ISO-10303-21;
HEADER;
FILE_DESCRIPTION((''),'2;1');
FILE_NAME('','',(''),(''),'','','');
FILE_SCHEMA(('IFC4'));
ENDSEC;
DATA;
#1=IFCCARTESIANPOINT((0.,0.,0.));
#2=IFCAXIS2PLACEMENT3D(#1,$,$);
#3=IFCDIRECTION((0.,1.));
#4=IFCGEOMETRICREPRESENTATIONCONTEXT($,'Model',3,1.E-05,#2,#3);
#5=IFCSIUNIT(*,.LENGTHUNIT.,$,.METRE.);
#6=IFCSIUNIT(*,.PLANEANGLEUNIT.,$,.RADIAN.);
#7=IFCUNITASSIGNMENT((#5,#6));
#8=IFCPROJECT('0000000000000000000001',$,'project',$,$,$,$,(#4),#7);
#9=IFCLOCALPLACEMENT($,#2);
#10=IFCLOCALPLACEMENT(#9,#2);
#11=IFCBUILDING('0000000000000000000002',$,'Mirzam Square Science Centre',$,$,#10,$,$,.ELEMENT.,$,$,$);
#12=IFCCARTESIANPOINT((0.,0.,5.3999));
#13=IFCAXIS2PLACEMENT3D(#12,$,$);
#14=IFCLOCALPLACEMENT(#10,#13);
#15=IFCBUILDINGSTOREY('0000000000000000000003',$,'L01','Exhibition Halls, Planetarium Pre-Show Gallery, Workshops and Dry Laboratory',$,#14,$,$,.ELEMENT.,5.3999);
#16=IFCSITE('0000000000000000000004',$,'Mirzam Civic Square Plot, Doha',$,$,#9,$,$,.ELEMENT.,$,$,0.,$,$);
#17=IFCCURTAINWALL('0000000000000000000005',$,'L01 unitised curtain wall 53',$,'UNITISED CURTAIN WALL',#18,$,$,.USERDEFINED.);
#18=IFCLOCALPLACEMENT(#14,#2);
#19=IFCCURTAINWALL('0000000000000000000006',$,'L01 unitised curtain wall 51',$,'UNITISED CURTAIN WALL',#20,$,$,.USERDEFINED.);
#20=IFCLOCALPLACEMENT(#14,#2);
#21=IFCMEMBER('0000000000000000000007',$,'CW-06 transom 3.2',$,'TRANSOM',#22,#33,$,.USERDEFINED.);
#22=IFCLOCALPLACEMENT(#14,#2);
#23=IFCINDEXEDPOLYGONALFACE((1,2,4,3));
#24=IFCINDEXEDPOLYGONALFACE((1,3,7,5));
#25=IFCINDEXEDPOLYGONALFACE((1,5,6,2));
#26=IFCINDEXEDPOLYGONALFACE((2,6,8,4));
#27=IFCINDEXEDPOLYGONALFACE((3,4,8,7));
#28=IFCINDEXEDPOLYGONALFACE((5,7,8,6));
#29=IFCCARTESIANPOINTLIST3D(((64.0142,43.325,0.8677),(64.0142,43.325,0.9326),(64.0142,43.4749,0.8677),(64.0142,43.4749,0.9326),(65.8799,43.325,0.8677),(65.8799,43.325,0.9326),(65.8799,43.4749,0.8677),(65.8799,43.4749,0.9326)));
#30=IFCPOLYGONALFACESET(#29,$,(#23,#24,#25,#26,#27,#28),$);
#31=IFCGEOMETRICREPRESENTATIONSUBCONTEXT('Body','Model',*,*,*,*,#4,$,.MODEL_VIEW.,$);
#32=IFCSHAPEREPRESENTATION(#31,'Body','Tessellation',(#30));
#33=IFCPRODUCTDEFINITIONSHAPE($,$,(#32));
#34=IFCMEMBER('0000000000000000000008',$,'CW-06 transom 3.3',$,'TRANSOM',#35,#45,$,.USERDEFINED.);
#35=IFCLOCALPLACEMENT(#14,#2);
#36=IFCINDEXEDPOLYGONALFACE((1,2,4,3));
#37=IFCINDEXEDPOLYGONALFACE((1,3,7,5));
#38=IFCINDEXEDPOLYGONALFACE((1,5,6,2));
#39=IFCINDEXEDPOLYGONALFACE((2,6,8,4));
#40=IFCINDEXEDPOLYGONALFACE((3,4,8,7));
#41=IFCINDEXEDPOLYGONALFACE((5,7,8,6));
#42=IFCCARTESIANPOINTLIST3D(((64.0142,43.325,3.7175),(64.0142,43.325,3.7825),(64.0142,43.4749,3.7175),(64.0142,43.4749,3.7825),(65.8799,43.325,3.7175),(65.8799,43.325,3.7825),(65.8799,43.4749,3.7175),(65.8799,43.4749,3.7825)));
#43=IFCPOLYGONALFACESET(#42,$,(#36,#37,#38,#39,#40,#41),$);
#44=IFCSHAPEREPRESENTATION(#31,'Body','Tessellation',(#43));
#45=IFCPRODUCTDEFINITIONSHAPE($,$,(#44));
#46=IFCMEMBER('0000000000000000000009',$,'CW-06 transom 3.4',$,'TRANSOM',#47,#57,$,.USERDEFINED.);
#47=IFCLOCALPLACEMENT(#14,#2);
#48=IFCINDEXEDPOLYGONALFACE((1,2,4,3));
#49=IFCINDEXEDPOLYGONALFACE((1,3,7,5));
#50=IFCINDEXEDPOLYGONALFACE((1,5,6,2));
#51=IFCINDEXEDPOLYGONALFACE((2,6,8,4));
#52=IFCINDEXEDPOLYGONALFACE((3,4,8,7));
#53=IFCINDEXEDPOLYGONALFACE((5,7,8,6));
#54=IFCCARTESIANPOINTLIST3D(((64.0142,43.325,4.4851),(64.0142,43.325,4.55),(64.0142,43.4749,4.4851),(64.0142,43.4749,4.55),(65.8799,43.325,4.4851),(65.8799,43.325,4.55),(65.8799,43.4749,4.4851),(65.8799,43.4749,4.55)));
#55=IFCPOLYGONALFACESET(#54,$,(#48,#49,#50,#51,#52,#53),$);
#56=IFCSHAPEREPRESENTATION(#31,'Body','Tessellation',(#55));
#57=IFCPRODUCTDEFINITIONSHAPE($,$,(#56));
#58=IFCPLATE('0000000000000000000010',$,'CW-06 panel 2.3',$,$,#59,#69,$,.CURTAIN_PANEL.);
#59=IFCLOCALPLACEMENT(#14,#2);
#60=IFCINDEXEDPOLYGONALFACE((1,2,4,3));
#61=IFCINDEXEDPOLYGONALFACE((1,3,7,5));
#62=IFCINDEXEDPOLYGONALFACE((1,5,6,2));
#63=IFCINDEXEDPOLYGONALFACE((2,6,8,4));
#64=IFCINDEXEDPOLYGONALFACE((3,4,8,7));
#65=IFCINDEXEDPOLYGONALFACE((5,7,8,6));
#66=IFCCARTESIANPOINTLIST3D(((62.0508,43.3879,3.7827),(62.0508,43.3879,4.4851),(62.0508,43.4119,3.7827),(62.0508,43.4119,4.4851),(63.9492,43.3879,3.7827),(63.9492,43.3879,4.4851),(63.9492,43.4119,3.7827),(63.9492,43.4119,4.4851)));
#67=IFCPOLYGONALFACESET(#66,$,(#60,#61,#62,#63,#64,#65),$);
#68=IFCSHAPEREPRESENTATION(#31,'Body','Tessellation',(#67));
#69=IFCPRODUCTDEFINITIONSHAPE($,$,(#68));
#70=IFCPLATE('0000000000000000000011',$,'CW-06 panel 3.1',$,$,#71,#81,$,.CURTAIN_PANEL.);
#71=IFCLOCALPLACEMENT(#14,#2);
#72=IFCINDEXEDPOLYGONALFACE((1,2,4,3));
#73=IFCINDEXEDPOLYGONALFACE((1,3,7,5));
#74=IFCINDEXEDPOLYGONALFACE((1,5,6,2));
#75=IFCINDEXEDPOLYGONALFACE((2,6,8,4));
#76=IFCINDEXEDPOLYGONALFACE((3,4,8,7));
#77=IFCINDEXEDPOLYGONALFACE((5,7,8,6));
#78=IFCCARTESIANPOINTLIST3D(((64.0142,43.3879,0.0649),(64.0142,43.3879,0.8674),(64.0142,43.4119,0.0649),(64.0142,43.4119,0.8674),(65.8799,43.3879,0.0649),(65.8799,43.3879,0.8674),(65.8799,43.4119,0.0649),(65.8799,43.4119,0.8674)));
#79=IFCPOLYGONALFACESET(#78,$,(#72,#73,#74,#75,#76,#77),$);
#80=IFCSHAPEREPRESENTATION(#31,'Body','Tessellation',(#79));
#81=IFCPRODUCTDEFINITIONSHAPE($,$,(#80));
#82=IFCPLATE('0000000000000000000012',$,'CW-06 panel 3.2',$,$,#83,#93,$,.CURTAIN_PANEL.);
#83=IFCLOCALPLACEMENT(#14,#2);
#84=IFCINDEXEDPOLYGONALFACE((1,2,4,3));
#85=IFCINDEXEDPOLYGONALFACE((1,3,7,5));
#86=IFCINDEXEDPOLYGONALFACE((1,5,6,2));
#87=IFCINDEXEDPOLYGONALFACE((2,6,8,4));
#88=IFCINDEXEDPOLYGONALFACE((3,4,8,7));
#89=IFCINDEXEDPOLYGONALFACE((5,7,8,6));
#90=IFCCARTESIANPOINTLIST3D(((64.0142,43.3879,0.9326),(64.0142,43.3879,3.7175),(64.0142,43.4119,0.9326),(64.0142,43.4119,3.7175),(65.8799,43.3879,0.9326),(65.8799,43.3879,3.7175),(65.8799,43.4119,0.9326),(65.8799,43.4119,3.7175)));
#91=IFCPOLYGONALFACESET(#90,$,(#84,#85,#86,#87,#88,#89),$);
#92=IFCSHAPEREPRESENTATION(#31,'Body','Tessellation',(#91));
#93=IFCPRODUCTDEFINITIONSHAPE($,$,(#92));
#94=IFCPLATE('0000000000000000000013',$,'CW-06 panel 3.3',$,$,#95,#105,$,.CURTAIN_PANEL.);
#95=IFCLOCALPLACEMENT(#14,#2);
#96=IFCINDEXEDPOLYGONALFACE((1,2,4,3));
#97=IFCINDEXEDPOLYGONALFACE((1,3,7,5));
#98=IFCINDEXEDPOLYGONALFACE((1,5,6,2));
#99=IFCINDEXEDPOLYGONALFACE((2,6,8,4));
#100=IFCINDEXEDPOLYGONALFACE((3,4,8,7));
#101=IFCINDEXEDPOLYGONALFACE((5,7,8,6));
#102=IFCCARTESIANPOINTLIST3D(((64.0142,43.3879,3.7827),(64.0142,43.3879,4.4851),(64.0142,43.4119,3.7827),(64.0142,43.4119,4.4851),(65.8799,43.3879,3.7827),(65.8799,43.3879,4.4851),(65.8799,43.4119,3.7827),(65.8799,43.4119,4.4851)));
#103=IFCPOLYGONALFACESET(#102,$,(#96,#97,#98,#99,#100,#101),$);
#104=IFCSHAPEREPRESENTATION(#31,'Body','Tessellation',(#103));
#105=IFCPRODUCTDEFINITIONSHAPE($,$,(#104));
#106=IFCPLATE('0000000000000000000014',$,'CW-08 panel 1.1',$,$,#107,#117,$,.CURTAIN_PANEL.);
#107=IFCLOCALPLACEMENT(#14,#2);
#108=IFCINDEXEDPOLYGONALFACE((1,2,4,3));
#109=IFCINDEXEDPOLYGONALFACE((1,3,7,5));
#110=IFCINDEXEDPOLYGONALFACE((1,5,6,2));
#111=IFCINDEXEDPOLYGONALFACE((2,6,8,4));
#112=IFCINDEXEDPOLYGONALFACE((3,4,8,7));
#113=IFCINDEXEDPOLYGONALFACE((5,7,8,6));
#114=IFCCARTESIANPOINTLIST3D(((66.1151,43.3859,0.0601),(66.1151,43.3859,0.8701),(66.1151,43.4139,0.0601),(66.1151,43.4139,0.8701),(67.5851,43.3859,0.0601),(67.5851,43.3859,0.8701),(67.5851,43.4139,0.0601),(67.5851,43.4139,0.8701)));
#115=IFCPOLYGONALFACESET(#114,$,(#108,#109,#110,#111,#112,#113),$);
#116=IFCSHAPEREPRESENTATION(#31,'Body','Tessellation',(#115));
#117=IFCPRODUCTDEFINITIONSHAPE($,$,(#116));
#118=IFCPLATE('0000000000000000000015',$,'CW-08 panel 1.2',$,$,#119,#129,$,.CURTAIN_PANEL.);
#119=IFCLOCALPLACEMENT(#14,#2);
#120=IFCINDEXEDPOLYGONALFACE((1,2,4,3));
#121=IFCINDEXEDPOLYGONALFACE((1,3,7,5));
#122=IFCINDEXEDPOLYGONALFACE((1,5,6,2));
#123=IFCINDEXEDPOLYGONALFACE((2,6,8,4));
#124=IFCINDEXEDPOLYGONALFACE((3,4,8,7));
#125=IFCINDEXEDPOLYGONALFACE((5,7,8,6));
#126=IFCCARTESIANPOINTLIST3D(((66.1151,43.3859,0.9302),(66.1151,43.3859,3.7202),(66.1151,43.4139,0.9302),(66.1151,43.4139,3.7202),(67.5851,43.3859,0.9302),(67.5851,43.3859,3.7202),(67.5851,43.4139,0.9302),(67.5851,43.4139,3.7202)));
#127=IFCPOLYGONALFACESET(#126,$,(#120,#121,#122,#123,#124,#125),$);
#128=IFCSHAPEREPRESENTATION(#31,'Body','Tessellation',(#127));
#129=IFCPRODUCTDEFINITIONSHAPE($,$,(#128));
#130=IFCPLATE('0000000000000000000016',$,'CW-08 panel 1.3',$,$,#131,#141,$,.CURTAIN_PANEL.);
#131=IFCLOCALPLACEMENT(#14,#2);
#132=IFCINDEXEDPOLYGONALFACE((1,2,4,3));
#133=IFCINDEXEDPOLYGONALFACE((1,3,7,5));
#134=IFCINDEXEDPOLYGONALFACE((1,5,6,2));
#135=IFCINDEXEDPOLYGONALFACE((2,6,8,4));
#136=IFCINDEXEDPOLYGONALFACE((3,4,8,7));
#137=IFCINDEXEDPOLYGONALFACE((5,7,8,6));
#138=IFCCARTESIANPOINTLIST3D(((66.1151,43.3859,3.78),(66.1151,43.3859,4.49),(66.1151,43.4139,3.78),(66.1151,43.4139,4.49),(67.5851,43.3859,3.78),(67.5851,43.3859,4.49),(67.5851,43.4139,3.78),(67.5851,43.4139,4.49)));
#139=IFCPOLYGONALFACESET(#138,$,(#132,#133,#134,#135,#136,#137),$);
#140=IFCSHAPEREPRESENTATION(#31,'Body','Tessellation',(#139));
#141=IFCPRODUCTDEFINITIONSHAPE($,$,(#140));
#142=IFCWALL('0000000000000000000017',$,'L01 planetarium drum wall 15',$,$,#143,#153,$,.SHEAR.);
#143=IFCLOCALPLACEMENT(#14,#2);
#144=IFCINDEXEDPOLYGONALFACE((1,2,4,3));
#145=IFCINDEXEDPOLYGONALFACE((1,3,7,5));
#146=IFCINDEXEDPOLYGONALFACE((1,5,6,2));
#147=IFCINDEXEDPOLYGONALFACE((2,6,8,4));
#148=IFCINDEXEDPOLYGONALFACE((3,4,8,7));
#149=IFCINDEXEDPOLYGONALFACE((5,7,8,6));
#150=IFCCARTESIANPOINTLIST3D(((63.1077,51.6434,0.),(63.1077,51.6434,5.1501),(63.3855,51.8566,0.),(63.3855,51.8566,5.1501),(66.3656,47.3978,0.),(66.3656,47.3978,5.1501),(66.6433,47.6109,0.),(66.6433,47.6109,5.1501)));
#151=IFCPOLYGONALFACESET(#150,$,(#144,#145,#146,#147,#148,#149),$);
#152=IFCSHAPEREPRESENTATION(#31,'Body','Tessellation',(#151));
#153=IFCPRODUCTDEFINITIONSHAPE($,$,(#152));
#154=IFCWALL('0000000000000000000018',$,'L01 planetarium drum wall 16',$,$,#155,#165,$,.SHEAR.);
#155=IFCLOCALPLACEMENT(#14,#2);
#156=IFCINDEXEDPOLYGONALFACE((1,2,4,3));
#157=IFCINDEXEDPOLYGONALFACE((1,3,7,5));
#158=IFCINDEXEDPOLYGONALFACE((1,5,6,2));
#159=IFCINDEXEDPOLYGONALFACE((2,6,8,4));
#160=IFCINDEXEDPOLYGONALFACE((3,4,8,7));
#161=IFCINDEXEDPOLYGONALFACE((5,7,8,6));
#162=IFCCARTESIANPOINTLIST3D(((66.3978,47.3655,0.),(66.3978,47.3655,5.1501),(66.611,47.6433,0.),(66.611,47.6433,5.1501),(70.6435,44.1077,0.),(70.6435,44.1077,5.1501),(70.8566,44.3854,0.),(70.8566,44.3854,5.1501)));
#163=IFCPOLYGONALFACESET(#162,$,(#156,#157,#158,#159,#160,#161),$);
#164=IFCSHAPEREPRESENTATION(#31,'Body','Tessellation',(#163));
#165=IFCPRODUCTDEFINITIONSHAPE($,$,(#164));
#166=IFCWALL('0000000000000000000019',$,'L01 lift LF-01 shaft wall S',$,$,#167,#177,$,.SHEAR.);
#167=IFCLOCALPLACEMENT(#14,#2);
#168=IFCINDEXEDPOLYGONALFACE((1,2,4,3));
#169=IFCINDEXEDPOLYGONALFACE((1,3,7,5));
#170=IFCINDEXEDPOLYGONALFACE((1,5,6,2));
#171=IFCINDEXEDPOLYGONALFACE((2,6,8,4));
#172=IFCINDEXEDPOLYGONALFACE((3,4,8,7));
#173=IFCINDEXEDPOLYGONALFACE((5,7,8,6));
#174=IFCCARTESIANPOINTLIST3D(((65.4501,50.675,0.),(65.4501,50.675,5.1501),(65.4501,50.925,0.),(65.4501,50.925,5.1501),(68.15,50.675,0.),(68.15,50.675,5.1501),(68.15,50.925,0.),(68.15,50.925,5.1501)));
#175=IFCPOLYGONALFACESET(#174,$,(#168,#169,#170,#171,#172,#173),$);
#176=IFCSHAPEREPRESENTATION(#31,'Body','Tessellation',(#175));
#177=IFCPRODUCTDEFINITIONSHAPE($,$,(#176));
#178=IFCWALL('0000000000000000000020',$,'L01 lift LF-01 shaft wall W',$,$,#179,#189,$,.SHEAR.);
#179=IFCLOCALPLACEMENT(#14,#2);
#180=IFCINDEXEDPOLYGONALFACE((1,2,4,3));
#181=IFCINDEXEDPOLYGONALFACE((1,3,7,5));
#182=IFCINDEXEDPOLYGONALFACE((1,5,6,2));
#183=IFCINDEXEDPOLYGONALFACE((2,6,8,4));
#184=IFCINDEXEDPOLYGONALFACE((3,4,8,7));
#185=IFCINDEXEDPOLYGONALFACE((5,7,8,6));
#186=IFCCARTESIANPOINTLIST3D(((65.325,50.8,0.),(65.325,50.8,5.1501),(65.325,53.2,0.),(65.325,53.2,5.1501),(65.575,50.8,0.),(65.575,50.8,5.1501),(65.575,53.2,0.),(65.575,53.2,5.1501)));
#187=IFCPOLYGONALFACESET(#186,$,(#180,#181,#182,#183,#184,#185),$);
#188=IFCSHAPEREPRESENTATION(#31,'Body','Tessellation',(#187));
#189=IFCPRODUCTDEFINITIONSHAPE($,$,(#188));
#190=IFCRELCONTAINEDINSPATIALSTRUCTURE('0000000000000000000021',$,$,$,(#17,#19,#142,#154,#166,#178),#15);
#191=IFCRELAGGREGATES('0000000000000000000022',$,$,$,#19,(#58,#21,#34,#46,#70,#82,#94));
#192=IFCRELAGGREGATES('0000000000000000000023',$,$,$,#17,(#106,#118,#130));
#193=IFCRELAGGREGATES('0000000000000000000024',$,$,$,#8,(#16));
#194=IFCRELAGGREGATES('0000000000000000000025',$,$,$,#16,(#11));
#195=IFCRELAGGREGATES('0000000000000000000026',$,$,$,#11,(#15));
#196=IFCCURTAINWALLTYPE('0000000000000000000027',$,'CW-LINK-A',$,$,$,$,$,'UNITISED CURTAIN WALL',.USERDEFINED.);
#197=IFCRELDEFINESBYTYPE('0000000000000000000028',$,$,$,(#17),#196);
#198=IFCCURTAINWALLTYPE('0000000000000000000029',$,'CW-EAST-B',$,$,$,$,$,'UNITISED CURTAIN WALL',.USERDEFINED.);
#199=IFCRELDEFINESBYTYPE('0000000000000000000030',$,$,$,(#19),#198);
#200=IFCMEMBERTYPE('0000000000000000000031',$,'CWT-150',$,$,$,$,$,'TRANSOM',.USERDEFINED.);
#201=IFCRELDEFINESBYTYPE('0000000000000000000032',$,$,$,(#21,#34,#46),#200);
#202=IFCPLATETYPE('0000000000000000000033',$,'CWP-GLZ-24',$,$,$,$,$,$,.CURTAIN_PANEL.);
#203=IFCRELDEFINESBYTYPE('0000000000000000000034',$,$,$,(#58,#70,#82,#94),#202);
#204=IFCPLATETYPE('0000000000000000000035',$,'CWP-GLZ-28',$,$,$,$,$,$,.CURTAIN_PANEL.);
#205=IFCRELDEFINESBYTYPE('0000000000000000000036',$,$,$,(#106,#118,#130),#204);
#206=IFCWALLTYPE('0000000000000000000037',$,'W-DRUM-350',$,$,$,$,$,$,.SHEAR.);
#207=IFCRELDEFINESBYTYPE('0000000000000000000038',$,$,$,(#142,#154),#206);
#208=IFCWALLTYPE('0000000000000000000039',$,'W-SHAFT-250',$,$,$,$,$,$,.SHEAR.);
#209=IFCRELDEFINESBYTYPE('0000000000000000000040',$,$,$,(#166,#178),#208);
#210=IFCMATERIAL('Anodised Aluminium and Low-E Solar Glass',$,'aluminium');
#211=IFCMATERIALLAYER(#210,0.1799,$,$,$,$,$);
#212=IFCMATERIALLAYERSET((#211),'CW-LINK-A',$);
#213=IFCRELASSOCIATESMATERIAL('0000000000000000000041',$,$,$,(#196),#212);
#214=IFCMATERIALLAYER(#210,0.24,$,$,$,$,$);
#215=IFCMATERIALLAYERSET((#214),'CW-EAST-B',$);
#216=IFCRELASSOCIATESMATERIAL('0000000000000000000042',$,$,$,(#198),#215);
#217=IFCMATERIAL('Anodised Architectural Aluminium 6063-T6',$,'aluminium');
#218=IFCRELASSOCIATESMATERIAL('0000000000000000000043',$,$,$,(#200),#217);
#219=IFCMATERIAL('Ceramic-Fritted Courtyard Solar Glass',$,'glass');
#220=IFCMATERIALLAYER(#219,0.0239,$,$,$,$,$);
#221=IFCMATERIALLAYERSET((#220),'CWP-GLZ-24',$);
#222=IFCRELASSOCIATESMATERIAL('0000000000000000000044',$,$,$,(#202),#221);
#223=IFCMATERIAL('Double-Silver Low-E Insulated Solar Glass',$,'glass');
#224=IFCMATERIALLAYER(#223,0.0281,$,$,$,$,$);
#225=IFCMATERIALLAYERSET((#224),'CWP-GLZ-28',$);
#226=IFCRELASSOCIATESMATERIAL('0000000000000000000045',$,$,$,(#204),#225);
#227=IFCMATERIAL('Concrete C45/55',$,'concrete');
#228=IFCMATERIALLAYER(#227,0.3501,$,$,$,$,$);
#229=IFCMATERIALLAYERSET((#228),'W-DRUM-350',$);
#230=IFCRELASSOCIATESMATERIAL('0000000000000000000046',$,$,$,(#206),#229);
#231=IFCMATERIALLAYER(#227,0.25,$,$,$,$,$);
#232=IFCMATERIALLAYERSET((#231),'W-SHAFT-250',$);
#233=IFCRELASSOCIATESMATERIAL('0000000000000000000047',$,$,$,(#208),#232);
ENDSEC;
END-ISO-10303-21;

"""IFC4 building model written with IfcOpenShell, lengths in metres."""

from ifc_helpers import new_model, si_unit, direction, frame, frame_2d, origin, origin_2d, place, context, subcontext, project, spatial, rectangle, extrude, material, layer, layer_set, material_profile, profile_set, type_object, element, aggregate, save


model = new_model("IFC4")

# Units and contexts
model_context = context("Model", 3, precision=1e-05, world=origin(), true_north=direction((0.0, 1.0)))
body_context = subcontext(model_context, "Body", "Model", "MODEL_VIEW")
ifc_project = project(units=[si_unit("LENGTHUNIT", "METRE"), si_unit("PLANEANGLEUNIT", "RADIAN")], contexts=[model_context])

# Site, building, storey
site_placement = place(None, origin())
site = spatial("IfcSite", under=ifc_project, at=site_placement, Name="Mirzam Civic Square Plot, Doha", CompositionType="ELEMENT", RefElevation=0.0)
building_placement = place(site_placement, origin())
building = spatial("IfcBuilding", under=site, at=building_placement, Name="Mirzam Square Science Centre", CompositionType="ELEMENT")
storey_placement = place(building_placement, frame((0.0, 0.0, 5.3999)))
storey = spatial("IfcBuildingStorey", under=building, at=storey_placement, Name="L01", Description="Exhibition Halls, Planetarium Pre-Show Gallery, Workshops and Dry Laboratory", CompositionType="ELEMENT", Elevation=5.3999)

# Shared definitions
ifc_material_1 = material(Name="Concrete C45/55", Category="concrete")

# Curtain wall
ifc_material_2 = material(Name="Anodised Aluminium and Low-E Solar Glass", Category="aluminium")
ifc_layer_1 = layer(ifc_material_2, 0.1799)
ifc_layer_set_1 = layer_set([ifc_layer_1], Name="CW-LINK-A")
curtain_wall_type_1 = type_object("IfcCurtainWallType", Name="CW-LINK-A", ElementType="UNITISED CURTAIN WALL", PredefinedType="USERDEFINED", material=ifc_layer_set_1)
curtain_wall_1_placement = place(storey_placement, origin())
curtain_wall_1 = element("IfcCurtainWall", 1, at=curtain_wall_1_placement, inside=storey, type_object=curtain_wall_type_1, Name="L01 unitised curtain wall 53", ObjectType="UNITISED CURTAIN WALL", PredefinedType="USERDEFINED")
ifc_material_3 = material(Name="Anodised Architectural Aluminium 6063-T6", Category="aluminium")

# Curtain wall
ifc_layer_2 = layer(ifc_material_2, 0.24)
ifc_layer_set_2 = layer_set([ifc_layer_2], Name="CW-EAST-B")
curtain_wall_type_2 = type_object("IfcCurtainWallType", Name="CW-EAST-B", ElementType="UNITISED CURTAIN WALL", PredefinedType="USERDEFINED", material=ifc_layer_set_2)
curtain_wall_2_placement = place(storey_placement, origin())
curtain_wall_2 = element("IfcCurtainWall", 2, at=curtain_wall_2_placement, inside=storey, type_object=curtain_wall_type_2, Name="L01 unitised curtain wall 51", ObjectType="UNITISED CURTAIN WALL", PredefinedType="USERDEFINED")

# Members
ifc_material_profile_1 = material_profile(ifc_material_3, rectangle(XDim=0.1499, YDim=0.0649, at=origin_2d()), Name="ALU-TRAN-150x65x4")
ifc_profile_set_1 = profile_set([ifc_material_profile_1], Name="Anodised Architectural Aluminium 6063-T6")
member_type_1 = type_object("IfcMemberType", Name="CWT-150", ElementType="TRANSOM", PredefinedType="USERDEFINED", material=ifc_profile_set_1)
member_1_placement = place(storey_placement, frame((64.0142, 43.3999, 0.9001), z_axis=(1.0, 0.0, 0.0), x_axis=(0.0, 1.0, 0.0)))
member_1 = element("IfcMember", 3, at=member_1_placement, type_object=member_type_1, Name="CW-06 transom 3.2", ObjectType="TRANSOM", PredefinedType="USERDEFINED", context=body_context, shape_type="SweptSolid", body=[
    extrude(rectangle(XDim=0.1499, YDim=0.0649, at=origin_2d()), origin(), (0.0, 0.0, 1.0), 1.8657),
])
member_2_placement = place(storey_placement, frame((64.0142, 43.3999, 3.75), z_axis=(1.0, 0.0, 0.0), x_axis=(0.0, 1.0, 0.0)))
member_2 = element("IfcMember", 4, at=member_2_placement, type_object=member_type_1, Name="CW-06 transom 3.3", ObjectType="TRANSOM", PredefinedType="USERDEFINED", context=body_context, shape_type="SweptSolid", body=[
    extrude(rectangle(XDim=0.1499, YDim=0.0649, at=origin_2d()), origin(), (0.0, 0.0, 1.0), 1.8657),
])
member_3_placement = place(storey_placement, frame((64.0142, 43.3999, 4.5176), z_axis=(1.0, 0.0, 0.0), x_axis=(0.0, 1.0, 0.0)))
member_3 = element("IfcMember", 5, at=member_3_placement, type_object=member_type_1, Name="CW-06 transom 3.4", ObjectType="TRANSOM", PredefinedType="USERDEFINED", context=body_context, shape_type="SweptSolid", body=[
    extrude(rectangle(XDim=0.1499, YDim=0.0649, at=origin_2d()), origin(), (0.0, 0.0, 1.0), 1.8657),
])

# Plates
ifc_material_4 = material(Name="Ceramic-Fritted Courtyard Solar Glass", Category="glass")
ifc_layer_3 = layer(ifc_material_4, 0.0239)
ifc_layer_set_3 = layer_set([ifc_layer_3], Name="CWP-GLZ-24")
plate_type_1 = type_object("IfcPlateType", Name="CWP-GLZ-24", PredefinedType="CURTAIN_PANEL", material=ifc_layer_set_3)
plate_1_placement = place(storey_placement, frame((63.0, 43.3999, 3.7827), z_axis=(0.0, 0.0, 1.0), x_axis=(1.0, 0.0, 0.0)))
plate_1 = element("IfcPlate", 6, at=plate_1_placement, type_object=plate_type_1, Name="CW-06 panel 2.3", PredefinedType="CURTAIN_PANEL", context=body_context, shape_type="SweptSolid", body=[
    extrude(rectangle(XDim=1.8984, YDim=0.0239, at=origin_2d()), origin(), (0.0, 0.0, 1.0), 0.7024),
])
plate_2_placement = place(storey_placement, frame((64.947, 43.3999, 0.0649), z_axis=(0.0, 0.0, 1.0), x_axis=(1.0, 0.0, 0.0)))
plate_2 = element("IfcPlate", 7, at=plate_2_placement, type_object=plate_type_1, Name="CW-06 panel 3.1", PredefinedType="CURTAIN_PANEL", context=body_context, shape_type="SweptSolid", body=[
    extrude(rectangle(XDim=1.8657, YDim=0.0239, at=origin_2d()), origin(), (0.0, 0.0, 1.0), 0.8025),
])
plate_3_placement = place(storey_placement, frame((64.947, 43.3999, 0.9326), z_axis=(0.0, 0.0, 1.0), x_axis=(1.0, 0.0, 0.0)))
plate_3 = element("IfcPlate", 8, at=plate_3_placement, type_object=plate_type_1, Name="CW-06 panel 3.2", PredefinedType="CURTAIN_PANEL", context=body_context, shape_type="SweptSolid", body=[
    extrude(rectangle(XDim=1.8657, YDim=0.0239, at=origin_2d()), origin(), (0.0, 0.0, 1.0), 2.7849),
])
plate_4_placement = place(storey_placement, frame((64.947, 43.3999, 3.7827), z_axis=(0.0, 0.0, 1.0), x_axis=(1.0, 0.0, 0.0)))
plate_4 = element("IfcPlate", 9, at=plate_4_placement, type_object=plate_type_1, Name="CW-06 panel 3.3", PredefinedType="CURTAIN_PANEL", context=body_context, shape_type="SweptSolid", body=[
    extrude(rectangle(XDim=1.8657, YDim=0.0239, at=origin_2d()), origin(), (0.0, 0.0, 1.0), 0.7024),
])
aggregate(curtain_wall_2, [plate_1, member_1, member_2, member_3, plate_2, plate_3, plate_4])
ifc_material_5 = material(Name="Double-Silver Low-E Insulated Solar Glass", Category="glass")
ifc_layer_4 = layer(ifc_material_5, 0.0281)
ifc_layer_set_4 = layer_set([ifc_layer_4], Name="CWP-GLZ-28")
plate_type_2 = type_object("IfcPlateType", Name="CWP-GLZ-28", PredefinedType="CURTAIN_PANEL", material=ifc_layer_set_4)
plate_5_placement = place(storey_placement, frame((66.8501, 43.3999, 0.0601), z_axis=(0.0, 0.0, 1.0), x_axis=(1.0, 0.0, 0.0)))
plate_5 = element("IfcPlate", 10, at=plate_5_placement, type_object=plate_type_2, Name="CW-08 panel 1.1", PredefinedType="CURTAIN_PANEL", context=body_context, shape_type="SweptSolid", body=[
    extrude(rectangle(XDim=1.47, YDim=0.0281, at=origin_2d()), origin(), (0.0, 0.0, 1.0), 0.8101),
])
plate_6_placement = place(storey_placement, frame((66.8501, 43.3999, 0.9302), z_axis=(0.0, 0.0, 1.0), x_axis=(1.0, 0.0, 0.0)))
plate_6 = element("IfcPlate", 11, at=plate_6_placement, type_object=plate_type_2, Name="CW-08 panel 1.2", PredefinedType="CURTAIN_PANEL", context=body_context, shape_type="SweptSolid", body=[
    extrude(rectangle(XDim=1.47, YDim=0.0281, at=origin_2d()), origin(), (0.0, 0.0, 1.0), 2.79),
])
plate_7_placement = place(storey_placement, frame((66.8501, 43.3999, 3.78), z_axis=(0.0, 0.0, 1.0), x_axis=(1.0, 0.0, 0.0)))
plate_7 = element("IfcPlate", 12, at=plate_7_placement, type_object=plate_type_2, Name="CW-08 panel 1.3", PredefinedType="CURTAIN_PANEL", context=body_context, shape_type="SweptSolid", body=[
    extrude(rectangle(XDim=1.47, YDim=0.0281, at=origin_2d()), origin(), (0.0, 0.0, 1.0), 0.71),
])
aggregate(curtain_wall_1, [plate_5, plate_6, plate_7])

# Walls
ifc_layer_5 = layer(ifc_material_1, 0.3501)
ifc_layer_set_5 = layer_set([ifc_layer_5], Name="W-DRUM-350")
wall_type_1 = type_object("IfcWallType", Name="W-DRUM-350", PredefinedType="SHEAR", material=ifc_layer_set_5)
for number, where, z_axis, x_axis, name in (
    (13, (63.2466, 51.75, 0.0), (0.0, 0.0, 1.0), (0.608767, -0.793349, 0.0), "L01 planetarium drum wall 15"),
    (14, (66.5044, 47.5044, 0.0), (0.0, 0.0, 1.0), (0.793349, -0.608767, 0.0), "L01 planetarium drum wall 16"),
):
    element("IfcWall", number, at=place(storey_placement, frame(where, z_axis=z_axis, x_axis=x_axis)), inside=storey, type_object=wall_type_1, Name=name, PredefinedType="SHEAR", context=body_context, shape_type="SweptSolid", body=[
        extrude(rectangle(XDim=5.3516, YDim=0.3501, at=frame_2d((2.6758, 0.0))), origin(), (0.0, 0.0, 1.0), 5.1501),
    ])
ifc_layer_6 = layer(ifc_material_1, 0.25)
ifc_layer_set_6 = layer_set([ifc_layer_6], Name="W-SHAFT-250")
wall_type_2 = type_object("IfcWallType", Name="W-SHAFT-250", PredefinedType="SHEAR", material=ifc_layer_set_6)
wall_1_placement = place(storey_placement, frame((65.45, 50.8, 0.0), z_axis=(0.0, 0.0, 1.0), x_axis=(1.0, 0.0, 0.0)))
element("IfcWall", 15, at=wall_1_placement, inside=storey, type_object=wall_type_2, Name="L01 lift LF-01 shaft wall S", PredefinedType="SHEAR", context=body_context, shape_type="SweptSolid", body=[
    extrude(rectangle(XDim=2.7, YDim=0.25, at=frame_2d((1.3501, 0.0))), origin(), (0.0, 0.0, 1.0), 5.1501),
])
wall_2_placement = place(storey_placement, frame((65.45, 53.2, 0.0), z_axis=(0.0, 0.0, 1.0), x_axis=(0.0, -1.0, 0.0)))
element("IfcWall", 16, at=wall_2_placement, inside=storey, type_object=wall_type_2, Name="L01 lift LF-01 shaft wall W", PredefinedType="SHEAR", context=body_context, shape_type="SweptSolid", body=[
    extrude(rectangle(XDim=2.3999, YDim=0.25, at=frame_2d((1.2, 0.0))), origin(), (0.0, 0.0, 1.0), 5.1501),
])

save(model, "model.ifc")
